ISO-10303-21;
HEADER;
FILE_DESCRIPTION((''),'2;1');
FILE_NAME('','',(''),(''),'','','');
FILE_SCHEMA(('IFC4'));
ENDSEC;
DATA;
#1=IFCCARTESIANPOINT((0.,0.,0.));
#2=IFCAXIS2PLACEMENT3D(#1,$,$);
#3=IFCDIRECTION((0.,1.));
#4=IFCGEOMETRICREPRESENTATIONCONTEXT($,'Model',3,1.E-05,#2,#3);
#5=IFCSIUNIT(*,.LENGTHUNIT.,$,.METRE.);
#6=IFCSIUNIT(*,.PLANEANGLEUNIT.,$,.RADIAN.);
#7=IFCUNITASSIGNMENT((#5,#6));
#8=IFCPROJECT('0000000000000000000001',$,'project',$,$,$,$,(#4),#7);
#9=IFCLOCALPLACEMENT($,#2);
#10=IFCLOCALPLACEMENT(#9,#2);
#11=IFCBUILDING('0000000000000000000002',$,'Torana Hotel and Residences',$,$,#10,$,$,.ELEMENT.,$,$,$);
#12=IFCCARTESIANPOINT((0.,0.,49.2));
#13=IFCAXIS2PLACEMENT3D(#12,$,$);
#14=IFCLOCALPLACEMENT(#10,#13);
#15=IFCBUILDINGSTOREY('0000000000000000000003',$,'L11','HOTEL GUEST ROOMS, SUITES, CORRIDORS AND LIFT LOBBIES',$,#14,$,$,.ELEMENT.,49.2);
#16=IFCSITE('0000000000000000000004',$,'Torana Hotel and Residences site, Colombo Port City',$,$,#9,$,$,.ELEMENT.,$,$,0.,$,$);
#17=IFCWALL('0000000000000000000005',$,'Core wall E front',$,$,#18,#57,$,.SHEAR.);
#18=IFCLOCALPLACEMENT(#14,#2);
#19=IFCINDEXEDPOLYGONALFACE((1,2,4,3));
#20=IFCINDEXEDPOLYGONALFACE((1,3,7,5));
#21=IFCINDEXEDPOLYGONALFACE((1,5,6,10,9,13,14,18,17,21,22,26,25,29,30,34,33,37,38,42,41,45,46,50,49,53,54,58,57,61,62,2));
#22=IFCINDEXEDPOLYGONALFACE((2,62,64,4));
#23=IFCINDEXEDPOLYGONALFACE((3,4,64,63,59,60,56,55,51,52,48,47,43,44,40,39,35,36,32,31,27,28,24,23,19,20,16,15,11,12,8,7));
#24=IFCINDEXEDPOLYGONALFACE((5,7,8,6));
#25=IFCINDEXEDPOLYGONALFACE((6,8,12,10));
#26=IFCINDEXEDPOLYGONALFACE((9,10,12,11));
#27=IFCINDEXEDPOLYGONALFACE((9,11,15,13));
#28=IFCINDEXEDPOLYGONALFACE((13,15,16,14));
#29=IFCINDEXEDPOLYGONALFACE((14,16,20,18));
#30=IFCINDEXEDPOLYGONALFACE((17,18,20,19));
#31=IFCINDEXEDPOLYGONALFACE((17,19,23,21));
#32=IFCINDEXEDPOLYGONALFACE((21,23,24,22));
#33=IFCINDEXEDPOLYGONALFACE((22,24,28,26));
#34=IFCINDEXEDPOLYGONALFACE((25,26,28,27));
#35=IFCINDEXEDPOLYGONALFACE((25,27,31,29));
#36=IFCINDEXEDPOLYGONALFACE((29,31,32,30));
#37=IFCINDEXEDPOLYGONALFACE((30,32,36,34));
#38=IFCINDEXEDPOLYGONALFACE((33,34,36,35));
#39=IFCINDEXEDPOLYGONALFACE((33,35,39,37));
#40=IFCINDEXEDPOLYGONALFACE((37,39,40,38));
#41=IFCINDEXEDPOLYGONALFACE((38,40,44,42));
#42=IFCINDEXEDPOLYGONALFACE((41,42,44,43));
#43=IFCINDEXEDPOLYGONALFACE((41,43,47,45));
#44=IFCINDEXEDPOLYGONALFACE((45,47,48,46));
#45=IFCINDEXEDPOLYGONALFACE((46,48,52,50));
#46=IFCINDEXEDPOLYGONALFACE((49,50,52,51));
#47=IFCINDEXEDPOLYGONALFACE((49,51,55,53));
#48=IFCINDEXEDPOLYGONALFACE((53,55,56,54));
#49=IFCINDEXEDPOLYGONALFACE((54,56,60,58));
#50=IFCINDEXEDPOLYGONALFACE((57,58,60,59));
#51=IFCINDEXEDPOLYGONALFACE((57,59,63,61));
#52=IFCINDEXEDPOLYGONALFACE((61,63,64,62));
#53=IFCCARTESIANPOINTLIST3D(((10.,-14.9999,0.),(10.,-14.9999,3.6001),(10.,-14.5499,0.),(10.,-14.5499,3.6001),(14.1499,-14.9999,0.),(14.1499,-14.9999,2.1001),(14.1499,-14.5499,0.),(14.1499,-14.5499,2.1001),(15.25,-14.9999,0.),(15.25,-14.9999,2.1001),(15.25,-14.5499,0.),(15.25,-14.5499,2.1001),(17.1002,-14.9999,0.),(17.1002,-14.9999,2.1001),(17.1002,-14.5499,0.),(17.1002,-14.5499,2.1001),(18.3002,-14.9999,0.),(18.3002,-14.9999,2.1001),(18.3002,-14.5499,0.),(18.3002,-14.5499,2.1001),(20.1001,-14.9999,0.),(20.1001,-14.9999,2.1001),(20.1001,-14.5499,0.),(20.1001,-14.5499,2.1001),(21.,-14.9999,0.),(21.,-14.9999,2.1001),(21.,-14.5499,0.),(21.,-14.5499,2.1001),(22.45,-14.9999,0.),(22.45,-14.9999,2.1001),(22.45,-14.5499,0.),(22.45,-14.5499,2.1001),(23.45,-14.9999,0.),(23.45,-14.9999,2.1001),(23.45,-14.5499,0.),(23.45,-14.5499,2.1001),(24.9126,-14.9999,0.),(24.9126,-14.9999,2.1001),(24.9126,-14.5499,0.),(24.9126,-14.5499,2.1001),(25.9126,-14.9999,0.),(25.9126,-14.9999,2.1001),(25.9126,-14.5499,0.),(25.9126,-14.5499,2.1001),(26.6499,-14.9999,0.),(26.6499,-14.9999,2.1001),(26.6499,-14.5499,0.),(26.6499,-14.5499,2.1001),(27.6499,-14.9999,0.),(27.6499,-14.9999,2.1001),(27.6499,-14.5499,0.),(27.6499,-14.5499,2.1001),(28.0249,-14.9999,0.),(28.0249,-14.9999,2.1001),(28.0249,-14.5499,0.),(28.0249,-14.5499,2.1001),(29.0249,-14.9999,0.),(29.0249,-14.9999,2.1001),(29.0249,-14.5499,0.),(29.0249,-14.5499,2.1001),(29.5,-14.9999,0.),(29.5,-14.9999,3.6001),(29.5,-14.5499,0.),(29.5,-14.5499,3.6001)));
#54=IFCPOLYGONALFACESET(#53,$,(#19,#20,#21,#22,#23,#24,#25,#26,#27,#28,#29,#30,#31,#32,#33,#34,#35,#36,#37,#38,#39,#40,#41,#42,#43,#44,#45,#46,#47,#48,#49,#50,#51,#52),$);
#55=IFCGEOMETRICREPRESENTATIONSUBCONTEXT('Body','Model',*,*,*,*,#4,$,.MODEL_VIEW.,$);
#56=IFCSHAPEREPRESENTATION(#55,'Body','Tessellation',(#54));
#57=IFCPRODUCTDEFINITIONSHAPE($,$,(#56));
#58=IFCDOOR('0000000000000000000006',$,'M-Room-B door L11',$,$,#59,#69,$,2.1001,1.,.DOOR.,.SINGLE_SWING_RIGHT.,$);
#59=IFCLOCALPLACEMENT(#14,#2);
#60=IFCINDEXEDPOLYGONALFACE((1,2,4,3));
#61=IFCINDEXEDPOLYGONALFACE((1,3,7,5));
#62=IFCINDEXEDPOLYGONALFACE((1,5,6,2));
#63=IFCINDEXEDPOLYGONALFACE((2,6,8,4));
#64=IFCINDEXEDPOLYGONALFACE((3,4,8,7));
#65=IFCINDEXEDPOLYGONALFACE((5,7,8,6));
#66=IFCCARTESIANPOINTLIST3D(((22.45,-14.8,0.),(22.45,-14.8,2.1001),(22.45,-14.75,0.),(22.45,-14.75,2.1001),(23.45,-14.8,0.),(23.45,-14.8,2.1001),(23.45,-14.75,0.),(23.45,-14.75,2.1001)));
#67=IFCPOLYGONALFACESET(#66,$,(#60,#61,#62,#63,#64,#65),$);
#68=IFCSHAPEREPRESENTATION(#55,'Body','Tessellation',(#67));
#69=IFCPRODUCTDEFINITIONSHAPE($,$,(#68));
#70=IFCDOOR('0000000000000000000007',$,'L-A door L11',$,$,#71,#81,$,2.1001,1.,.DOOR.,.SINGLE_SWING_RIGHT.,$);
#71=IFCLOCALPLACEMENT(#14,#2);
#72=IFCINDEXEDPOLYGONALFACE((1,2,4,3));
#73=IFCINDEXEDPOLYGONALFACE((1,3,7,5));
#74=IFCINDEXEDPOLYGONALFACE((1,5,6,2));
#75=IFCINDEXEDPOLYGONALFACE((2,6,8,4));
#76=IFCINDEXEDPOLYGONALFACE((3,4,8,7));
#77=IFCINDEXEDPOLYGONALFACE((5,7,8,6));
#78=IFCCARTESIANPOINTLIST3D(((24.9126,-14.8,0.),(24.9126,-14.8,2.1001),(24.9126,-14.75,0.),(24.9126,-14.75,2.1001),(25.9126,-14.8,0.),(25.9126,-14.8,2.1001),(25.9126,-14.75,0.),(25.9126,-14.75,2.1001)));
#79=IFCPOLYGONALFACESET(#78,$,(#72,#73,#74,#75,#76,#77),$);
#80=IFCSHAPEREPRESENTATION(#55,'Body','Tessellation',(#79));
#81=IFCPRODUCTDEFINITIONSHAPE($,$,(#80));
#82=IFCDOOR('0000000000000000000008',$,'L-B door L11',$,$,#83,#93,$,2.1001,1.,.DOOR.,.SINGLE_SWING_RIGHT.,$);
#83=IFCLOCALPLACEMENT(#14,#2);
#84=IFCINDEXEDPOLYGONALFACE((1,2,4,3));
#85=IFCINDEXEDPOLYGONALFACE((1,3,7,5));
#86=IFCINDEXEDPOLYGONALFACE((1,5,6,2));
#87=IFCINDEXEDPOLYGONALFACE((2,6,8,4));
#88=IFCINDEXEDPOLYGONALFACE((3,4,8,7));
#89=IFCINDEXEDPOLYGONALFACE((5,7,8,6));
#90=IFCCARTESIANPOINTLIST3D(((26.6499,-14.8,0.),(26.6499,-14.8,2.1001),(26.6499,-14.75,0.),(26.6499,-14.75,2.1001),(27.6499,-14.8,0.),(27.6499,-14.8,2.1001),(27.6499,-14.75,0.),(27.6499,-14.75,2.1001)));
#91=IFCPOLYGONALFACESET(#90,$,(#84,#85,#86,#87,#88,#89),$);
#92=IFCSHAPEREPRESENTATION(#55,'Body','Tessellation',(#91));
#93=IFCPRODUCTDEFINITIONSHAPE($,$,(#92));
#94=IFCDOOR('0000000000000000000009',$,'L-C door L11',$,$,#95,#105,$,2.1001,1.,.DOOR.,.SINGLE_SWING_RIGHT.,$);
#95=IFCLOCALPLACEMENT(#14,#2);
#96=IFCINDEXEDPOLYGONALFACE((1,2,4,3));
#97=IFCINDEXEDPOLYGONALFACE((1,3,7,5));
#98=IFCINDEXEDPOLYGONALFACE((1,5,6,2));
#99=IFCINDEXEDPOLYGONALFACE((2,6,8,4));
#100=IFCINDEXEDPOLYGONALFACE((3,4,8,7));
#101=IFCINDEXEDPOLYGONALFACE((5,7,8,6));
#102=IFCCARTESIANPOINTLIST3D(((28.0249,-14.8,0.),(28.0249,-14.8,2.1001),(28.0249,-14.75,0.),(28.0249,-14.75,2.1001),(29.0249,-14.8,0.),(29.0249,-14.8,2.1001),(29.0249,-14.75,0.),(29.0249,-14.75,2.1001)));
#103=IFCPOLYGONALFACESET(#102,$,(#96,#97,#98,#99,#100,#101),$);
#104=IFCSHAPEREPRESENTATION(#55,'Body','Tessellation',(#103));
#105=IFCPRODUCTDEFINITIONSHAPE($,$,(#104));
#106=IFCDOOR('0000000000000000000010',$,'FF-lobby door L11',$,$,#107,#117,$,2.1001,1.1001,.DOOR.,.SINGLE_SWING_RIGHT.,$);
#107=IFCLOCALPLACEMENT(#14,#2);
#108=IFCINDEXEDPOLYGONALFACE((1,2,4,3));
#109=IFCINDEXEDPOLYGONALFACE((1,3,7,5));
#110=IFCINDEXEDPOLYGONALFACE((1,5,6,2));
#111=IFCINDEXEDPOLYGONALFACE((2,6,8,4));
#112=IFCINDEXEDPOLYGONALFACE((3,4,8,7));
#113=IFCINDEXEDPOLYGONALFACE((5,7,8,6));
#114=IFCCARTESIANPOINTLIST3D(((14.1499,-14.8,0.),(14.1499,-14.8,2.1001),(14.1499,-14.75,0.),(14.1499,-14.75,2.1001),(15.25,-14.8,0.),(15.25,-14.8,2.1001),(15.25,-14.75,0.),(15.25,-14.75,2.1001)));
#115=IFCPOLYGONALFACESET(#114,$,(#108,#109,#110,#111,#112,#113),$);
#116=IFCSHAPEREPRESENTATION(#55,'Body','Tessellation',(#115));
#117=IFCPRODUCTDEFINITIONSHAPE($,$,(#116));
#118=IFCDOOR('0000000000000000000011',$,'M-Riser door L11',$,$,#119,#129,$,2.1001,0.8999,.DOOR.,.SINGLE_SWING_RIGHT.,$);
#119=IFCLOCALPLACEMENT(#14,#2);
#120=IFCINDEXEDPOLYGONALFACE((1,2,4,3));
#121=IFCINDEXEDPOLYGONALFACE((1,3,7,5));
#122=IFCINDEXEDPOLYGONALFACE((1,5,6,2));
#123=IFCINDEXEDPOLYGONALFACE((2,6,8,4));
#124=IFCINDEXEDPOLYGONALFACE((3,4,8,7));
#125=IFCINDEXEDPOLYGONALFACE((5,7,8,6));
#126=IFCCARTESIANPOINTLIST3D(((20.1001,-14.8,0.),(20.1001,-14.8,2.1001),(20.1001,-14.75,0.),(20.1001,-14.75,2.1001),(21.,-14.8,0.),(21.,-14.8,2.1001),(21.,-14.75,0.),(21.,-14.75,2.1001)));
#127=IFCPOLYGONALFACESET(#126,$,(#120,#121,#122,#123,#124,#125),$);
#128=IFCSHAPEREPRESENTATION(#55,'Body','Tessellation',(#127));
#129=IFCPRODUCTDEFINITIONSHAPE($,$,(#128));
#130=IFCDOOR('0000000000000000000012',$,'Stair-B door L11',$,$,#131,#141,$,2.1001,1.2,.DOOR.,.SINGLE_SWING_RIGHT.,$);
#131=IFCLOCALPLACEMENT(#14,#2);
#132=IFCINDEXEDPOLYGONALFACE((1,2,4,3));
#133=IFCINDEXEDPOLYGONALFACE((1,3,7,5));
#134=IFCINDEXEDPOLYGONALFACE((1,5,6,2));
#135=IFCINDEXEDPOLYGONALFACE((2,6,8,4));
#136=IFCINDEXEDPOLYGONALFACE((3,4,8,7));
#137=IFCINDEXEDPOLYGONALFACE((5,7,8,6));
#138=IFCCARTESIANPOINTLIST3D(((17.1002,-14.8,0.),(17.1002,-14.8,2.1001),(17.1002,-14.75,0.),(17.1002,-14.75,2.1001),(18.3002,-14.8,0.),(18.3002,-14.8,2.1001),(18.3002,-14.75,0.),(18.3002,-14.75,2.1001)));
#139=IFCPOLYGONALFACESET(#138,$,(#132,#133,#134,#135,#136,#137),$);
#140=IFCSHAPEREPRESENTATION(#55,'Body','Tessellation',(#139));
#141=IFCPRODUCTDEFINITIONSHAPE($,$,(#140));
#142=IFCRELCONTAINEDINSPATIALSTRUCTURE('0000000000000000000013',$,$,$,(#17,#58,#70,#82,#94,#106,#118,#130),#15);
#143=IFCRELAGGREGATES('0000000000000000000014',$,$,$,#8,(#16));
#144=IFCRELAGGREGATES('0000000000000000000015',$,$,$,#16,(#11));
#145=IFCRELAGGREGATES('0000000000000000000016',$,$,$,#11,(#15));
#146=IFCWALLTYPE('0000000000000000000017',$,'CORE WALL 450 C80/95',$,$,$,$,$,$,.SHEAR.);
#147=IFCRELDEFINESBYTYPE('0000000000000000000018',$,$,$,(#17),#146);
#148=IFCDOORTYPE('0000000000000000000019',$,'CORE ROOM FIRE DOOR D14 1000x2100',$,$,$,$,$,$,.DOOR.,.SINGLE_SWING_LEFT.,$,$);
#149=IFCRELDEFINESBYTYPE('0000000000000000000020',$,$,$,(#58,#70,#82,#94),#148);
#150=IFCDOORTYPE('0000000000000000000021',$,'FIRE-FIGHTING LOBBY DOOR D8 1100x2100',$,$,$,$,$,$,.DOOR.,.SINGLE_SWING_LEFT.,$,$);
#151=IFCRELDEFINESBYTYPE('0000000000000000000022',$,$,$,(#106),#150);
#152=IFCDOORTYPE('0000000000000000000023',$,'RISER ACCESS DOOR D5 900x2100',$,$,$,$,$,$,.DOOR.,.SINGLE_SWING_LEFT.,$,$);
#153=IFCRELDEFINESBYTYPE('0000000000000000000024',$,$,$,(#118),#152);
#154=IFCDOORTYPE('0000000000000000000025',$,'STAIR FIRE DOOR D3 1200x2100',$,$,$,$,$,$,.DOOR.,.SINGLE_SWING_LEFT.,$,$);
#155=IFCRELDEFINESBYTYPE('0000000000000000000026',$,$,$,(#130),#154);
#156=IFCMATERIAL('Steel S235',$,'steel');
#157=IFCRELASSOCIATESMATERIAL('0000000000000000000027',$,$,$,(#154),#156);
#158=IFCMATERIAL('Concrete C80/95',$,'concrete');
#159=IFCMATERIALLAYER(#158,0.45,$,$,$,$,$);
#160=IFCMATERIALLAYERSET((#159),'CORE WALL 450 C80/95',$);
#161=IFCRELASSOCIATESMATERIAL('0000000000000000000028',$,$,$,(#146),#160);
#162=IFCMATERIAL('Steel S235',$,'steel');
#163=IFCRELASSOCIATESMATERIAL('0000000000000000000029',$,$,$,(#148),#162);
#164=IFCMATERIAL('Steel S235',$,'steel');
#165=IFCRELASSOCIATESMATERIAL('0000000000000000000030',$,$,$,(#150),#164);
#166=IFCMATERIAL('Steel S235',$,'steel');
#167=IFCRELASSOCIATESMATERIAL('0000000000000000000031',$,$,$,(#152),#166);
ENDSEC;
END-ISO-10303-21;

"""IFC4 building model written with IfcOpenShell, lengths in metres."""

from ifc_helpers import new_model, si_unit, direction, frame, frame_2d, origin, place, context, subcontext, project, spatial, rectangle, extrude, material, layer, layer_set, type_object, element, fill, save


model = new_model("IFC4")

# Units and contexts
model_context = context("Model", 3, precision=1e-05, world=origin(), true_north=direction((0.0, 1.0)))
body_context = subcontext(model_context, "Body", "Model", "MODEL_VIEW")
ifc_project = project(units=[si_unit("LENGTHUNIT", "METRE"), si_unit("PLANEANGLEUNIT", "RADIAN")], contexts=[model_context])

# Site, building, storey
site_placement = place(None, origin())
site = spatial("IfcSite", under=ifc_project, at=site_placement, Name="Torana Hotel and Residences site, Colombo Port City", CompositionType="ELEMENT", RefElevation=0.0)
building_placement = place(site_placement, origin())
building = spatial("IfcBuilding", under=site, at=building_placement, Name="Torana Hotel and Residences", CompositionType="ELEMENT")
storey_placement = place(building_placement, frame((0.0, 0.0, 49.2)))
storey = spatial("IfcBuildingStorey", under=building, at=storey_placement, Name="L11", Description="HOTEL GUEST ROOMS, SUITES, CORRIDORS AND LIFT LOBBIES", CompositionType="ELEMENT", Elevation=49.2)

# Wall, openings, doors
ifc_material_1 = material(Name="Steel S235", Category="steel")
door_type_1 = type_object("IfcDoorType", Name="STAIR FIRE DOOR D3 1200x2100", OperationType="SINGLE_SWING_LEFT", PredefinedType="DOOR", material=ifc_material_1)
ifc_material_2 = material(Name="Concrete C80/95", Category="concrete")
ifc_layer_1 = layer(ifc_material_2, 0.45)
ifc_layer_set_1 = layer_set([ifc_layer_1], Name="CORE WALL 450 C80/95")
wall_type_1 = type_object("IfcWallType", Name="CORE WALL 450 C80/95", PredefinedType="SHEAR", material=ifc_layer_set_1)
wall_1_placement = place(storey_placement, frame((10.0, -14.7749, 0.0), z_axis=(0.0, 0.0, 1.0), x_axis=(1.0, 0.0, 0.0)))
wall_1 = element("IfcWall", 1, at=wall_1_placement, inside=storey, type_object=wall_type_1, Name="Core wall E front", PredefinedType="SHEAR", context=body_context, shape_type="SweptSolid", body=[
    extrude(rectangle(XDim=19.5, YDim=0.45, at=frame_2d((9.75, 0.0))), origin(), (0.0, 0.0, 1.0), 3.6001),
])
opening_1_placement = place(wall_1_placement, frame((7.1001, 0.0, 0.0)))
opening_1 = element("IfcOpeningElement", 2, at=opening_1_placement, cuts=wall_1, PredefinedType="OPENING", context=body_context, shape_type="SweptSolid", body=[
    extrude(rectangle(XDim=1.2, YDim=2.1001, at=frame_2d((0.6001, 1.05))), frame((0.0, 0.2349, 0.0), z_axis=(0.0, -1.0, 0.0), x_axis=(1.0, 0.0, 0.0)), (0.0, 0.0, 1.0), 0.47),
])
opening_2_placement = place(wall_1_placement, frame((4.1499, 0.0, 0.0)))
opening_2 = element("IfcOpeningElement", 3, at=opening_2_placement, cuts=wall_1, PredefinedType="OPENING", context=body_context, shape_type="SweptSolid", body=[
    extrude(rectangle(XDim=1.1001, YDim=2.1001, at=frame_2d((0.55, 1.05))), frame((0.0, 0.2349, 0.0), z_axis=(0.0, -1.0, 0.0), x_axis=(1.0, 0.0, 0.0)), (0.0, 0.0, 1.0), 0.47),
])
opening_3_placement = place(wall_1_placement, frame((10.1001, 0.0, 0.0)))
opening_3 = element("IfcOpeningElement", 4, at=opening_3_placement, cuts=wall_1, PredefinedType="OPENING", context=body_context, shape_type="SweptSolid", body=[
    extrude(rectangle(XDim=0.8999, YDim=2.1001, at=frame_2d((0.45, 1.05))), frame((0.0, 0.2349, 0.0), z_axis=(0.0, -1.0, 0.0), x_axis=(1.0, 0.0, 0.0)), (0.0, 0.0, 1.0), 0.47),
])
opening_4_placement = place(wall_1_placement, frame((12.45, 0.0, 0.0)))
opening_4 = element("IfcOpeningElement", 5, at=opening_4_placement, cuts=wall_1, PredefinedType="OPENING", context=body_context, shape_type="SweptSolid", body=[
    extrude(rectangle(XDim=1.0, YDim=2.1001, at=frame_2d((0.5, 1.05))), frame((0.0, 0.2349, 0.0), z_axis=(0.0, -1.0, 0.0), x_axis=(1.0, 0.0, 0.0)), (0.0, 0.0, 1.0), 0.47),
])
opening_5_placement = place(wall_1_placement, frame((14.9126, 0.0, 0.0)))
opening_5 = element("IfcOpeningElement", 6, at=opening_5_placement, cuts=wall_1, PredefinedType="OPENING", context=body_context, shape_type="SweptSolid", body=[
    extrude(rectangle(XDim=1.0, YDim=2.1001, at=frame_2d((0.5, 1.05))), frame((0.0, 0.2349, 0.0), z_axis=(0.0, -1.0, 0.0), x_axis=(1.0, 0.0, 0.0)), (0.0, 0.0, 1.0), 0.47),
])
opening_6_placement = place(wall_1_placement, frame((16.6499, 0.0, 0.0)))
opening_6 = element("IfcOpeningElement", 7, at=opening_6_placement, cuts=wall_1, PredefinedType="OPENING", context=body_context, shape_type="SweptSolid", body=[
    extrude(rectangle(XDim=1.0, YDim=2.1001, at=frame_2d((0.5, 1.05))), frame((0.0, 0.2349, 0.0), z_axis=(0.0, -1.0, 0.0), x_axis=(1.0, 0.0, 0.0)), (0.0, 0.0, 1.0), 0.47),
])
opening_7_placement = place(wall_1_placement, frame((18.0249, 0.0, 0.0)))
opening_7 = element("IfcOpeningElement", 8, at=opening_7_placement, cuts=wall_1, PredefinedType="OPENING", context=body_context, shape_type="SweptSolid", body=[
    extrude(rectangle(XDim=1.0, YDim=2.1001, at=frame_2d((0.5, 1.05))), frame((0.0, 0.2349, 0.0), z_axis=(0.0, -1.0, 0.0), x_axis=(1.0, 0.0, 0.0)), (0.0, 0.0, 1.0), 0.47),
])
ifc_material_3 = material(Name="Steel S235", Category="steel")
door_type_2 = type_object("IfcDoorType", Name="CORE ROOM FIRE DOOR D14 1000x2100", OperationType="SINGLE_SWING_LEFT", PredefinedType="DOOR", material=ifc_material_3)
door_1_placement = place(opening_4_placement, origin())
door_1 = element("IfcDoor", 9, at=door_1_placement, inside=storey, type_object=door_type_2, Name="M-Room-B door L11", OperationType="SINGLE_SWING_RIGHT", OverallHeight=2.1001, OverallWidth=1.0, PredefinedType="DOOR", context=body_context, shape_type="SweptSolid", body=[
    extrude(rectangle(XDim=1.0, YDim=2.1001, at=frame_2d((0.5, 1.05))), frame((0.0, 0.0249, 0.0), z_axis=(0.0, -1.0, 0.0), x_axis=(1.0, 0.0, 0.0)), (0.0, 0.0, 1.0), 0.05),
])
fill(opening_4, door_1)
door_2_placement = place(opening_5_placement, origin())
door_2 = element("IfcDoor", 10, at=door_2_placement, inside=storey, type_object=door_type_2, Name="L-A door L11", OperationType="SINGLE_SWING_RIGHT", OverallHeight=2.1001, OverallWidth=1.0, PredefinedType="DOOR", context=body_context, shape_type="SweptSolid", body=[
    extrude(rectangle(XDim=1.0, YDim=2.1001, at=frame_2d((0.5, 1.05))), frame((0.0, 0.0249, 0.0), z_axis=(0.0, -1.0, 0.0), x_axis=(1.0, 0.0, 0.0)), (0.0, 0.0, 1.0), 0.05),
])
fill(opening_5, door_2)
door_3_placement = place(opening_6_placement, origin())
door_3 = element("IfcDoor", 11, at=door_3_placement, inside=storey, type_object=door_type_2, Name="L-B door L11", OperationType="SINGLE_SWING_RIGHT", OverallHeight=2.1001, OverallWidth=1.0, PredefinedType="DOOR", context=body_context, shape_type="SweptSolid", body=[
    extrude(rectangle(XDim=1.0, YDim=2.1001, at=frame_2d((0.5, 1.05))), frame((0.0, 0.0249, 0.0), z_axis=(0.0, -1.0, 0.0), x_axis=(1.0, 0.0, 0.0)), (0.0, 0.0, 1.0), 0.05),
])
fill(opening_6, door_3)
door_4_placement = place(opening_7_placement, origin())
door_4 = element("IfcDoor", 12, at=door_4_placement, inside=storey, type_object=door_type_2, Name="L-C door L11", OperationType="SINGLE_SWING_RIGHT", OverallHeight=2.1001, OverallWidth=1.0, PredefinedType="DOOR", context=body_context, shape_type="SweptSolid", body=[
    extrude(rectangle(XDim=1.0, YDim=2.1001, at=frame_2d((0.5, 1.05))), frame((0.0, 0.0249, 0.0), z_axis=(0.0, -1.0, 0.0), x_axis=(1.0, 0.0, 0.0)), (0.0, 0.0, 1.0), 0.05),
])
fill(opening_7, door_4)
ifc_material_4 = material(Name="Steel S235", Category="steel")
door_type_3 = type_object("IfcDoorType", Name="FIRE-FIGHTING LOBBY DOOR D8 1100x2100", OperationType="SINGLE_SWING_LEFT", PredefinedType="DOOR", material=ifc_material_4)
door_5_placement = place(opening_2_placement, origin())
door_5 = element("IfcDoor", 13, at=door_5_placement, inside=storey, type_object=door_type_3, Name="FF-lobby door L11", OperationType="SINGLE_SWING_RIGHT", OverallHeight=2.1001, OverallWidth=1.1001, PredefinedType="DOOR", context=body_context, shape_type="SweptSolid", body=[
    extrude(rectangle(XDim=1.1001, YDim=2.1001, at=frame_2d((0.55, 1.05))), frame((0.0, 0.0249, 0.0), z_axis=(0.0, -1.0, 0.0), x_axis=(1.0, 0.0, 0.0)), (0.0, 0.0, 1.0), 0.05),
])
fill(opening_2, door_5)
ifc_material_5 = material(Name="Steel S235", Category="steel")
door_type_4 = type_object("IfcDoorType", Name="RISER ACCESS DOOR D5 900x2100", OperationType="SINGLE_SWING_LEFT", PredefinedType="DOOR", material=ifc_material_5)
door_6_placement = place(opening_3_placement, origin())
door_6 = element("IfcDoor", 14, at=door_6_placement, inside=storey, type_object=door_type_4, Name="M-Riser door L11", OperationType="SINGLE_SWING_RIGHT", OverallHeight=2.1001, OverallWidth=0.8999, PredefinedType="DOOR", context=body_context, shape_type="SweptSolid", body=[
    extrude(rectangle(XDim=0.8999, YDim=2.1001, at=frame_2d((0.45, 1.05))), frame((0.0, 0.0249, 0.0), z_axis=(0.0, -1.0, 0.0), x_axis=(1.0, 0.0, 0.0)), (0.0, 0.0, 1.0), 0.05),
])
fill(opening_3, door_6)
door_7_placement = place(opening_1_placement, origin())
door_7 = element("IfcDoor", 15, at=door_7_placement, inside=storey, type_object=door_type_1, Name="Stair-B door L11", OperationType="SINGLE_SWING_RIGHT", OverallHeight=2.1001, OverallWidth=1.2, PredefinedType="DOOR", context=body_context, shape_type="SweptSolid", body=[
    extrude(rectangle(XDim=1.2, YDim=2.1001, at=frame_2d((0.6001, 1.05))), frame((0.0, 0.0249, 0.0), z_axis=(0.0, -1.0, 0.0), x_axis=(1.0, 0.0, 0.0)), (0.0, 0.0, 1.0), 0.05),
])
fill(opening_1, door_7)

save(model, "model.ifc")
